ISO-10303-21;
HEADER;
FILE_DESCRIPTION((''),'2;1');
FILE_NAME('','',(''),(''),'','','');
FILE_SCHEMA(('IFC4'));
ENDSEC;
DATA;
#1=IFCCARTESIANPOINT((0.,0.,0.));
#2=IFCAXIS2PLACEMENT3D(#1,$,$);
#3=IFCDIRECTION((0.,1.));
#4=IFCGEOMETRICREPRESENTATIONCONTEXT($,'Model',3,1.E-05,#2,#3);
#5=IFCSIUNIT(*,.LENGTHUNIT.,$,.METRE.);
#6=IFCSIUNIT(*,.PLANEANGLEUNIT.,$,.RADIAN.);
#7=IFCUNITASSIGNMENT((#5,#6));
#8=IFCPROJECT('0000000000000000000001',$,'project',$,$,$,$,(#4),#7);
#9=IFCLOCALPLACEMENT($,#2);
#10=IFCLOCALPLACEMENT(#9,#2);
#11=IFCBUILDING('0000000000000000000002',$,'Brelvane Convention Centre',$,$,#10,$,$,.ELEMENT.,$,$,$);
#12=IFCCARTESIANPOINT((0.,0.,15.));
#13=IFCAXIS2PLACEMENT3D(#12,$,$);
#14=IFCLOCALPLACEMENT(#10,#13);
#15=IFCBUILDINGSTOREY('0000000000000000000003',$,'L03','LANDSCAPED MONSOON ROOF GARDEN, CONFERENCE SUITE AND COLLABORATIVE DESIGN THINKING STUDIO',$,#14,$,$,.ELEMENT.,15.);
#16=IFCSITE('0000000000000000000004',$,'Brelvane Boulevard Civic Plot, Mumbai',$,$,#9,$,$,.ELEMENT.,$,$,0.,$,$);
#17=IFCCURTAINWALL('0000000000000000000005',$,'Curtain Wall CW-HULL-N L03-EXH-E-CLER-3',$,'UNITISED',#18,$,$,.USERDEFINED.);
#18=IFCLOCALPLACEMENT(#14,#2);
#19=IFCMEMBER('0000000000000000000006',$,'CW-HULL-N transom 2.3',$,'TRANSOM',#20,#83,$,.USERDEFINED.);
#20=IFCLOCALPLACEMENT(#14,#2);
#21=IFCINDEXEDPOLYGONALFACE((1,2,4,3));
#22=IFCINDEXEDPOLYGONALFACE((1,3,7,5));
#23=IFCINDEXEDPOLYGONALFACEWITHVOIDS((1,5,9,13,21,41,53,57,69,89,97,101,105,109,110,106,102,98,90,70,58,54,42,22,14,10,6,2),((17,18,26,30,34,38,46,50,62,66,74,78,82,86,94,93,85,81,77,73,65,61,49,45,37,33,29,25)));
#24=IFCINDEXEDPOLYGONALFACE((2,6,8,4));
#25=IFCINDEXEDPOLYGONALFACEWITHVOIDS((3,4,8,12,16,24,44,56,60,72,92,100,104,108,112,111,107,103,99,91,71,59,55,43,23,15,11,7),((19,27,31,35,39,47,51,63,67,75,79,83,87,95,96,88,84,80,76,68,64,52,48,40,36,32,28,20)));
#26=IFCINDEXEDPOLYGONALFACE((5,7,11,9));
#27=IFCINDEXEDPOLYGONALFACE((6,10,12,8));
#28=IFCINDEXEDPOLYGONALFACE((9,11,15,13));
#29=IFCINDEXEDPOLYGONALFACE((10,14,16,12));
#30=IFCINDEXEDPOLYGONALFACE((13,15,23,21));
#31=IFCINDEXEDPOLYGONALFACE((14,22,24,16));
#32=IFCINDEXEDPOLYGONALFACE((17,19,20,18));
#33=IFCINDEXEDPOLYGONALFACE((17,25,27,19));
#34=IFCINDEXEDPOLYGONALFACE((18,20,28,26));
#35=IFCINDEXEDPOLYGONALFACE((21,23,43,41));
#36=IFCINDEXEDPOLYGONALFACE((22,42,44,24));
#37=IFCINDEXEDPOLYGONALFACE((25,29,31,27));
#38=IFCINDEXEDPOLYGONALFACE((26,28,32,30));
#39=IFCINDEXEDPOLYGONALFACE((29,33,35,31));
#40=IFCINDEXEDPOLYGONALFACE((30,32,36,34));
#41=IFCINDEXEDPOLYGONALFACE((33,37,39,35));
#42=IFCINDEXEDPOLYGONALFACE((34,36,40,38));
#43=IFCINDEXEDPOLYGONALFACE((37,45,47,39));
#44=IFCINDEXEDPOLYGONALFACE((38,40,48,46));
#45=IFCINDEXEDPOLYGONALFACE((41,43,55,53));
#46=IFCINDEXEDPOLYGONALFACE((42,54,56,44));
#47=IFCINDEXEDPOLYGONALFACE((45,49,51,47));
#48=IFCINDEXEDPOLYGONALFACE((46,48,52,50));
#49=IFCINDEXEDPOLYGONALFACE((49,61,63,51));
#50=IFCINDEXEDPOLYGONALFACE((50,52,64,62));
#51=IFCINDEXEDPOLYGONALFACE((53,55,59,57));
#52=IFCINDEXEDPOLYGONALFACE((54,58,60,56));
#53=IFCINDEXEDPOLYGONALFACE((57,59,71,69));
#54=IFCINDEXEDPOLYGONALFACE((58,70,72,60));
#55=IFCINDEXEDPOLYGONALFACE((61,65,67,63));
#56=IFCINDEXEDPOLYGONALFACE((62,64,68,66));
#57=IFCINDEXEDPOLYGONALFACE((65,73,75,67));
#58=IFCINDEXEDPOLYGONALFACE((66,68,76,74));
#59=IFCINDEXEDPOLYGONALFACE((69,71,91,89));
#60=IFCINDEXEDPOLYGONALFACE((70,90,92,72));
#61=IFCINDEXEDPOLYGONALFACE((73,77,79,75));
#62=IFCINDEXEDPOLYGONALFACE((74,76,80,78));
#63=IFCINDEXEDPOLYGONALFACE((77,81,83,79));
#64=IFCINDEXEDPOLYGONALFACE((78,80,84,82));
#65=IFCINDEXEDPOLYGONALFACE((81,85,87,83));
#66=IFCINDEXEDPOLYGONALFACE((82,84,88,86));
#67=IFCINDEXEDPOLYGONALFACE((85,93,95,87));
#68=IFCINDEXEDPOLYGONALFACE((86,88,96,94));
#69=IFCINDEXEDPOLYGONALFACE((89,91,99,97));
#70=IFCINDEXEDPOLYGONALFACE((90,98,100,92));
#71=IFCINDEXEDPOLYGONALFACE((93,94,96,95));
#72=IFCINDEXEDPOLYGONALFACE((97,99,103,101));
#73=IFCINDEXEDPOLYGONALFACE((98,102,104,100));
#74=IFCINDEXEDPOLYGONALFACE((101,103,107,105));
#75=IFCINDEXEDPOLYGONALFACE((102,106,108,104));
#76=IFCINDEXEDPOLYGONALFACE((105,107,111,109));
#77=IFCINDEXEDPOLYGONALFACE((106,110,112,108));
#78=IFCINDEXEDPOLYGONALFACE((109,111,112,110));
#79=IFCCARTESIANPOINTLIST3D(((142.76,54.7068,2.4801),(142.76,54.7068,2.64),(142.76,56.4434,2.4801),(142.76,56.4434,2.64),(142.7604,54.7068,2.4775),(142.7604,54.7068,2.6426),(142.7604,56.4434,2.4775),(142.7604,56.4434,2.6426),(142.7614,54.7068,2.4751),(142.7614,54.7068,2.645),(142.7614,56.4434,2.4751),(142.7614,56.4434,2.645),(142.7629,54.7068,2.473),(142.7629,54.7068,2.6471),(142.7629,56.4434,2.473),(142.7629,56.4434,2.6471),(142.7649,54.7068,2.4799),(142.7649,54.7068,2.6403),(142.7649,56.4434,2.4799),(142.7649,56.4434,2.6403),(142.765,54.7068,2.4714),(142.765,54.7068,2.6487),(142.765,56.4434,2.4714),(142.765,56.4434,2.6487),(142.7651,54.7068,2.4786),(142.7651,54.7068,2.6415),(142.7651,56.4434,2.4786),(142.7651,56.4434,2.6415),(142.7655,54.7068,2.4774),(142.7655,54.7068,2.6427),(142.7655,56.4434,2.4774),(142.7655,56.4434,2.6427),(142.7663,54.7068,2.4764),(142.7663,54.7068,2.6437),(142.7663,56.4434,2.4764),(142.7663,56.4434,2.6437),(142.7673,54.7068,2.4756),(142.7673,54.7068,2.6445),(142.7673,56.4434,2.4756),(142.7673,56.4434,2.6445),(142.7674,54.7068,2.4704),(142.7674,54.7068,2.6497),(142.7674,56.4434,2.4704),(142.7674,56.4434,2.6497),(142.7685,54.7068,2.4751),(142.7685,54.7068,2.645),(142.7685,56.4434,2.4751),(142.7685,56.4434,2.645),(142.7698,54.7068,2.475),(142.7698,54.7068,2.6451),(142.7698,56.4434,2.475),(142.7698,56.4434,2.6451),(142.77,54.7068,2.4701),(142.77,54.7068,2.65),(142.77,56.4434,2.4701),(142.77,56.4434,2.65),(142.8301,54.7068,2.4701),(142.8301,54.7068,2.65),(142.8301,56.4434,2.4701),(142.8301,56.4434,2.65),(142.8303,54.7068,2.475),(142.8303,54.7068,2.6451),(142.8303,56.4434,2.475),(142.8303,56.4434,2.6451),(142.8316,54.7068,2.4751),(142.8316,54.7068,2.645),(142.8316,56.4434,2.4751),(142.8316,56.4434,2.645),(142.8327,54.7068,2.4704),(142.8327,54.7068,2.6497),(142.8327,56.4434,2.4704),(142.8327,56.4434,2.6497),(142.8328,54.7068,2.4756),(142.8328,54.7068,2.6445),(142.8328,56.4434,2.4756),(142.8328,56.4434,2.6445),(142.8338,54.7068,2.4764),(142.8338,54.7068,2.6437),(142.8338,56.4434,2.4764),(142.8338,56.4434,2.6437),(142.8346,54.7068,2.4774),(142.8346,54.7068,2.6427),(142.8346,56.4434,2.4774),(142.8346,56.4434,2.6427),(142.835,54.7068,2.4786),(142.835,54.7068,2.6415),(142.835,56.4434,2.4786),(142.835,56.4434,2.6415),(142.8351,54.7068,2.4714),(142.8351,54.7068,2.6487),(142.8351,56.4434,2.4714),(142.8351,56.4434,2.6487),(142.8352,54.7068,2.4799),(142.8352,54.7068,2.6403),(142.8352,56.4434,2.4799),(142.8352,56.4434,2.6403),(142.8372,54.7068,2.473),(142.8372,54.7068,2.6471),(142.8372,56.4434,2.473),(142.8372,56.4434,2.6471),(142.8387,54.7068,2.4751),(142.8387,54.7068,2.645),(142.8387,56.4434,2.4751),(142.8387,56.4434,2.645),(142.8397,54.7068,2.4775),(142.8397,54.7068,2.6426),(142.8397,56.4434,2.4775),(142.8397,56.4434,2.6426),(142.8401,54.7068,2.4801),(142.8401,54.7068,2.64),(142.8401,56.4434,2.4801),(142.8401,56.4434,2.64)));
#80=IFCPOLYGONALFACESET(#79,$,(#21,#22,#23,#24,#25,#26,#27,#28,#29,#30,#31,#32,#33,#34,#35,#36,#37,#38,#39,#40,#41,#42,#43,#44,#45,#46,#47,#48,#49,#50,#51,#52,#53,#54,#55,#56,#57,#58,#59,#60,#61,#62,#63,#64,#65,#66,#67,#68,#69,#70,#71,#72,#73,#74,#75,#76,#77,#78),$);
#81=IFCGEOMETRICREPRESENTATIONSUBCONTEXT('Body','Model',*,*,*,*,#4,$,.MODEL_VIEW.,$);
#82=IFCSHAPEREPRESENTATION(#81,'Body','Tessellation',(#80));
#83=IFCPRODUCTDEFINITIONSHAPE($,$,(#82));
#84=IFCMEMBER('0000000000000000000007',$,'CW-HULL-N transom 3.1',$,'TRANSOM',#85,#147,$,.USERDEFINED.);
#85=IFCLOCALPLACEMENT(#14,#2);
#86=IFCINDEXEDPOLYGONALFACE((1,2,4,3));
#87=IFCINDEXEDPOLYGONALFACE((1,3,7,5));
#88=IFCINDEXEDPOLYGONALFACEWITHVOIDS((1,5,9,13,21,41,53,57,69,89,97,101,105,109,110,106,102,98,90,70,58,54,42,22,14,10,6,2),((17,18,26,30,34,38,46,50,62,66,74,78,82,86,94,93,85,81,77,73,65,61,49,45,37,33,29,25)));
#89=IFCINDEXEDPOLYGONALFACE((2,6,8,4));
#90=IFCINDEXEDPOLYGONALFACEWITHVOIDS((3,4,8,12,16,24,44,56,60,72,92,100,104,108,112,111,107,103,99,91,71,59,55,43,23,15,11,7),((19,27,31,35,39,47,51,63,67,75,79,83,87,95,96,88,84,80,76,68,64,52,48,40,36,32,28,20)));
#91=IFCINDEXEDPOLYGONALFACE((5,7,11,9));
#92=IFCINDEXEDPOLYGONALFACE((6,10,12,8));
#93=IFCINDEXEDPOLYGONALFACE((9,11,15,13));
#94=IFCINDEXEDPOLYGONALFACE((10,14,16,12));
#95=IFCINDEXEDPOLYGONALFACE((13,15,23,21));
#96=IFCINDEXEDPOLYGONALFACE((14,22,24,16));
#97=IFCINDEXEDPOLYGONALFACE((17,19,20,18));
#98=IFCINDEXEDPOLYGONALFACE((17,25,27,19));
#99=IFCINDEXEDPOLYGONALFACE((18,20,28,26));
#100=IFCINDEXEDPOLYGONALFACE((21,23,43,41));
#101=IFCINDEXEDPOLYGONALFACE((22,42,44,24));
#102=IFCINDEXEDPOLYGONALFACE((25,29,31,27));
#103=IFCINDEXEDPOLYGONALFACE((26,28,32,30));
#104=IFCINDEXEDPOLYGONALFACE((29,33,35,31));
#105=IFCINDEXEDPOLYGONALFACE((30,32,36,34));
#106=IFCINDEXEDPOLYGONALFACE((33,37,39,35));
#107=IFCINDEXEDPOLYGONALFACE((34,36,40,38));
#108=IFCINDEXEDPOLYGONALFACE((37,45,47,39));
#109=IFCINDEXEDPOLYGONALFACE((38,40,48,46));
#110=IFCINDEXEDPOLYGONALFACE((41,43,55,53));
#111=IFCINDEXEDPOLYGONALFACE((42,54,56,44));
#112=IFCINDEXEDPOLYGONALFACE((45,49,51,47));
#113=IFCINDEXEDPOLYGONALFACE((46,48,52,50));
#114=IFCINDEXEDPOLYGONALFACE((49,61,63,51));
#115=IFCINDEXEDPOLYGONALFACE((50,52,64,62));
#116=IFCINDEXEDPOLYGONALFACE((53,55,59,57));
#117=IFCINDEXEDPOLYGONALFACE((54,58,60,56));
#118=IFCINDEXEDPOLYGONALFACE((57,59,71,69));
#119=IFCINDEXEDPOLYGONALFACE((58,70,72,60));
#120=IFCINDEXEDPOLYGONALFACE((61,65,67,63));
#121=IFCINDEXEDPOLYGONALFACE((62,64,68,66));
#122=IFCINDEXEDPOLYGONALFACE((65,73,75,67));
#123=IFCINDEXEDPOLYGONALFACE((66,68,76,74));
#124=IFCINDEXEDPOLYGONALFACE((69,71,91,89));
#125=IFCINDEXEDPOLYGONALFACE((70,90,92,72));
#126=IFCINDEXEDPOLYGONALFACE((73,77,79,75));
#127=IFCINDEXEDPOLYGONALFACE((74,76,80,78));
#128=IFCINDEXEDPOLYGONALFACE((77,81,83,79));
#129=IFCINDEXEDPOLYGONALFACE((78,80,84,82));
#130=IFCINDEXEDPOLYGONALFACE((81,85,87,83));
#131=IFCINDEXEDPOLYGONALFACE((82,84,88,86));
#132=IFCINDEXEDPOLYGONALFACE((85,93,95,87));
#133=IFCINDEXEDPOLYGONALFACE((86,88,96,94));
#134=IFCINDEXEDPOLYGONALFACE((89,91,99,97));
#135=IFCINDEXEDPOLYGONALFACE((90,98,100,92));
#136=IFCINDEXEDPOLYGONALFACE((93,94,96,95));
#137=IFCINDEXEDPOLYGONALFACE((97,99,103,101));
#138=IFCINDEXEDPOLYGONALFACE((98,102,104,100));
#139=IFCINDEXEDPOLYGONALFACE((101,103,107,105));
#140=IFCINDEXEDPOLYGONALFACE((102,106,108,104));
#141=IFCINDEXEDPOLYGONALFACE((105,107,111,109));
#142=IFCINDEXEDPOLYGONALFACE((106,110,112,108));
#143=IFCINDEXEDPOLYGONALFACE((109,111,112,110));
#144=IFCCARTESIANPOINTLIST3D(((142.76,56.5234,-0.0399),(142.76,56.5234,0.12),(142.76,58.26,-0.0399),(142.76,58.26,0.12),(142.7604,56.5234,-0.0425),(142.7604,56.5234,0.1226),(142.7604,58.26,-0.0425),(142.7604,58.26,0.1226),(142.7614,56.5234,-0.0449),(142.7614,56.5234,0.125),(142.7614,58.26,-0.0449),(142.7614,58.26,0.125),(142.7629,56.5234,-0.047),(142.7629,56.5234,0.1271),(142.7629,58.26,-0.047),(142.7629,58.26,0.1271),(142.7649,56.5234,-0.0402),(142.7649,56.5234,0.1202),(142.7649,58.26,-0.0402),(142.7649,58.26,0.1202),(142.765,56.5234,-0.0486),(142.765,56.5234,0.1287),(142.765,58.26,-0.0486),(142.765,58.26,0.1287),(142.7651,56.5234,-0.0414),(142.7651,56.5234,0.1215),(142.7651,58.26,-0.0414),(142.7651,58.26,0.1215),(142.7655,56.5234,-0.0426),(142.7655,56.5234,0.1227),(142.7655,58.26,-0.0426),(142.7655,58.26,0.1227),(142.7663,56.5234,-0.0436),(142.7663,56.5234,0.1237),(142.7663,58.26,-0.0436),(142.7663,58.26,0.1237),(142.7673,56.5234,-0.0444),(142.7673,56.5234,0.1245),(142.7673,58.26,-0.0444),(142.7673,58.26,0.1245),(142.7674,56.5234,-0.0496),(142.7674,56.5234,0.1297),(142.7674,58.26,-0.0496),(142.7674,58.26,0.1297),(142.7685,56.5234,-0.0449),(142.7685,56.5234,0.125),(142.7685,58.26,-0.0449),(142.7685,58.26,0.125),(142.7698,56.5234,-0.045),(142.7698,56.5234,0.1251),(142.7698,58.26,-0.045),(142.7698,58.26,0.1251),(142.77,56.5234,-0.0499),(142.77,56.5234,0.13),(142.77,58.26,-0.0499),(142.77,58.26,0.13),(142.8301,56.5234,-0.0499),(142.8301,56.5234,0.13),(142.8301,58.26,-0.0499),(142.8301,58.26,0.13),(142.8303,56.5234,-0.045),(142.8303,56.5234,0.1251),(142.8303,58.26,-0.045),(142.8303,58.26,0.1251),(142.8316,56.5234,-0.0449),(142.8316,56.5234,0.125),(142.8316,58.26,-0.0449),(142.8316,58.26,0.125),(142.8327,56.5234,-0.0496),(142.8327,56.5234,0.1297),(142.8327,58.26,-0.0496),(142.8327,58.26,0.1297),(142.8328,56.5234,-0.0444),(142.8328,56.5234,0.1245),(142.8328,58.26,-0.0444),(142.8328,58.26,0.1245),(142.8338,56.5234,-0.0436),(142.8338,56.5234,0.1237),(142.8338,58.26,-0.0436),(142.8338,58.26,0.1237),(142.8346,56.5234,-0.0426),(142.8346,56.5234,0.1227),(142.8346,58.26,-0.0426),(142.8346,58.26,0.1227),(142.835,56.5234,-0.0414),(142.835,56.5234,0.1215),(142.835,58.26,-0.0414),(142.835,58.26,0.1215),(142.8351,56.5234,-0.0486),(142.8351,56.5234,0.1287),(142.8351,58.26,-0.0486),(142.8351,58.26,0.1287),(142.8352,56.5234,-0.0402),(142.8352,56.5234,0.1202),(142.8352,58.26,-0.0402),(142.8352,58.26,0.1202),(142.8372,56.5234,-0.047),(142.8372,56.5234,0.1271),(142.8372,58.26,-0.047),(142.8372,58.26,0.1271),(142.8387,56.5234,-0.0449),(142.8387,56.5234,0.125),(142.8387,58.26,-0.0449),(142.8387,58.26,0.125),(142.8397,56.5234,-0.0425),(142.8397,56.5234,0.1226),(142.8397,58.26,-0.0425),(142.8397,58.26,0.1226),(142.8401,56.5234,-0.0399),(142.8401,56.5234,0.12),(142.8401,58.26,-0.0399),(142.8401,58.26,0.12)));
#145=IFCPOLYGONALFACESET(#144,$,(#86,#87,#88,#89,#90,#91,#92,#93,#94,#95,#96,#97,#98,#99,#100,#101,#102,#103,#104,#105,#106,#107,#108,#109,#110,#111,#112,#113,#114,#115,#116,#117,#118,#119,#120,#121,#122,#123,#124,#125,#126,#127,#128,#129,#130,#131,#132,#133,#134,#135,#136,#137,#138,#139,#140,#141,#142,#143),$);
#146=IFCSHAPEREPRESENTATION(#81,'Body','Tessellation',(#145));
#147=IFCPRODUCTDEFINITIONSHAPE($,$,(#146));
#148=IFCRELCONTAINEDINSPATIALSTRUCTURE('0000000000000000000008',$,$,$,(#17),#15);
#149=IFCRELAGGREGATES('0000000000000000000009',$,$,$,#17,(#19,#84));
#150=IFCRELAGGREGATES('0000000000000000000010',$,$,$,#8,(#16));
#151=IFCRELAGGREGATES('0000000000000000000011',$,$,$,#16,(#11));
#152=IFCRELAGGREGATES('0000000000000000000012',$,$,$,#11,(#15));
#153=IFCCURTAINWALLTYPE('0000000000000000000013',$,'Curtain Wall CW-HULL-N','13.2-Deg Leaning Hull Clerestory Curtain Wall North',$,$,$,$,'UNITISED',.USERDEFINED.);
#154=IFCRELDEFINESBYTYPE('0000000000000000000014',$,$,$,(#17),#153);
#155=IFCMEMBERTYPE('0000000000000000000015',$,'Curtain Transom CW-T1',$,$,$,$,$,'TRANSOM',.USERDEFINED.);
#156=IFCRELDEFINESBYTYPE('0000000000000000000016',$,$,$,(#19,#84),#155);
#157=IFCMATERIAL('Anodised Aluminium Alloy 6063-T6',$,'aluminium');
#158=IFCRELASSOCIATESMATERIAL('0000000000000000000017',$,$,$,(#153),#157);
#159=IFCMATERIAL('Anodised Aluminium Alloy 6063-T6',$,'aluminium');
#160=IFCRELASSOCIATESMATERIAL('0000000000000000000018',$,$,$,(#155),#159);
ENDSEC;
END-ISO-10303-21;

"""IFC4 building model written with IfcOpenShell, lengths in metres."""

from ifc_helpers import new_model, si_unit, direction, frame, origin, origin_2d, place, context, subcontext, project, spatial, hollow_rectangle, extrude, material, material_profile, profile_set, type_object, element, aggregate, save


model = new_model("IFC4")

# Units and contexts
model_context = context("Model", 3, precision=1e-05, world=origin(), true_north=direction((0.0, 1.0)))
body_context = subcontext(model_context, "Body", "Model", "MODEL_VIEW")
ifc_project = project(units=[si_unit("LENGTHUNIT", "METRE"), si_unit("PLANEANGLEUNIT", "RADIAN")], contexts=[model_context])

# Site, building, storey
site_placement = place(None, origin())
site = spatial("IfcSite", under=ifc_project, at=site_placement, Name="Brelvane Boulevard Civic Plot, Mumbai", CompositionType="ELEMENT", RefElevation=0.0)
building_placement = place(site_placement, origin())
building = spatial("IfcBuilding", under=site, at=building_placement, Name="Brelvane Convention Centre", CompositionType="ELEMENT")
storey_placement = place(building_placement, frame((0.0, 0.0, 15.0)))
storey = spatial("IfcBuildingStorey", under=building, at=storey_placement, Name="L03", Description="LANDSCAPED MONSOON ROOF GARDEN, CONFERENCE SUITE AND COLLABORATIVE DESIGN THINKING STUDIO", CompositionType="ELEMENT", Elevation=15.0)

# Curtain wall, members
ifc_material_1 = material(Name="Anodised Aluminium Alloy 6063-T6", Category="aluminium")
curtain_wall_type = type_object("IfcCurtainWallType", Name="Curtain Wall CW-HULL-N", Description="13.2-Deg Leaning Hull Clerestory Curtain Wall North", ElementType="UNITISED", PredefinedType="USERDEFINED", material=ifc_material_1)
curtain_wall_placement = place(storey_placement, origin())
curtain_wall = element("IfcCurtainWall", 1, at=curtain_wall_placement, inside=storey, type_object=curtain_wall_type, Name="Curtain Wall CW-HULL-N L03-EXH-E-CLER-3", ObjectType="UNITISED", PredefinedType="USERDEFINED")
ifc_material_2 = material(Name="Anodised Aluminium Alloy 6063-T6", Category="aluminium")
ifc_material_profile_1 = material_profile(ifc_material_2, hollow_rectangle(XDim=0.0801, YDim=0.1799, WallThickness=0.0049, InnerFilletRadius=0.0049, OuterFilletRadius=0.01, at=origin_2d()), Name="ALU-T 180x80x5.0")
ifc_profile_set_1 = profile_set([ifc_material_profile_1], Name="Anodised Aluminium Alloy 6063-T6")
member_type_1 = type_object("IfcMemberType", Name="Curtain Transom CW-T1", ElementType="TRANSOM", PredefinedType="USERDEFINED", material=ifc_profile_set_1)
member_1_placement = place(storey_placement, frame((142.8, 54.7068, 2.5601), z_axis=(0.0, 1.0, 0.0), x_axis=(-1.0, 0.0, 0.0)))
member_1 = element("IfcMember", 2, at=member_1_placement, type_object=member_type_1, Name="CW-HULL-N transom 2.3", ObjectType="TRANSOM", PredefinedType="USERDEFINED", context=body_context, shape_type="SweptSolid", body=[
    extrude(hollow_rectangle(XDim=0.0801, YDim=0.1799, WallThickness=0.0049, InnerFilletRadius=0.0049, OuterFilletRadius=0.01, at=origin_2d()), origin(), (0.0, 0.0, 1.0), 1.7366),
])
member_2_placement = place(storey_placement, frame((142.8, 56.5234, 0.04), z_axis=(0.0, 1.0, 0.0), x_axis=(-1.0, 0.0, 0.0)))
member_2 = element("IfcMember", 3, at=member_2_placement, type_object=member_type_1, Name="CW-HULL-N transom 3.1", ObjectType="TRANSOM", PredefinedType="USERDEFINED", context=body_context, shape_type="SweptSolid", body=[
    extrude(hollow_rectangle(XDim=0.0801, YDim=0.1799, WallThickness=0.0049, InnerFilletRadius=0.0049, OuterFilletRadius=0.01, at=origin_2d()), origin(), (0.0, 0.0, 1.0), 1.7366),
])

aggregate(curtain_wall, [member_1, member_2])

save(model, "model.ifc")
